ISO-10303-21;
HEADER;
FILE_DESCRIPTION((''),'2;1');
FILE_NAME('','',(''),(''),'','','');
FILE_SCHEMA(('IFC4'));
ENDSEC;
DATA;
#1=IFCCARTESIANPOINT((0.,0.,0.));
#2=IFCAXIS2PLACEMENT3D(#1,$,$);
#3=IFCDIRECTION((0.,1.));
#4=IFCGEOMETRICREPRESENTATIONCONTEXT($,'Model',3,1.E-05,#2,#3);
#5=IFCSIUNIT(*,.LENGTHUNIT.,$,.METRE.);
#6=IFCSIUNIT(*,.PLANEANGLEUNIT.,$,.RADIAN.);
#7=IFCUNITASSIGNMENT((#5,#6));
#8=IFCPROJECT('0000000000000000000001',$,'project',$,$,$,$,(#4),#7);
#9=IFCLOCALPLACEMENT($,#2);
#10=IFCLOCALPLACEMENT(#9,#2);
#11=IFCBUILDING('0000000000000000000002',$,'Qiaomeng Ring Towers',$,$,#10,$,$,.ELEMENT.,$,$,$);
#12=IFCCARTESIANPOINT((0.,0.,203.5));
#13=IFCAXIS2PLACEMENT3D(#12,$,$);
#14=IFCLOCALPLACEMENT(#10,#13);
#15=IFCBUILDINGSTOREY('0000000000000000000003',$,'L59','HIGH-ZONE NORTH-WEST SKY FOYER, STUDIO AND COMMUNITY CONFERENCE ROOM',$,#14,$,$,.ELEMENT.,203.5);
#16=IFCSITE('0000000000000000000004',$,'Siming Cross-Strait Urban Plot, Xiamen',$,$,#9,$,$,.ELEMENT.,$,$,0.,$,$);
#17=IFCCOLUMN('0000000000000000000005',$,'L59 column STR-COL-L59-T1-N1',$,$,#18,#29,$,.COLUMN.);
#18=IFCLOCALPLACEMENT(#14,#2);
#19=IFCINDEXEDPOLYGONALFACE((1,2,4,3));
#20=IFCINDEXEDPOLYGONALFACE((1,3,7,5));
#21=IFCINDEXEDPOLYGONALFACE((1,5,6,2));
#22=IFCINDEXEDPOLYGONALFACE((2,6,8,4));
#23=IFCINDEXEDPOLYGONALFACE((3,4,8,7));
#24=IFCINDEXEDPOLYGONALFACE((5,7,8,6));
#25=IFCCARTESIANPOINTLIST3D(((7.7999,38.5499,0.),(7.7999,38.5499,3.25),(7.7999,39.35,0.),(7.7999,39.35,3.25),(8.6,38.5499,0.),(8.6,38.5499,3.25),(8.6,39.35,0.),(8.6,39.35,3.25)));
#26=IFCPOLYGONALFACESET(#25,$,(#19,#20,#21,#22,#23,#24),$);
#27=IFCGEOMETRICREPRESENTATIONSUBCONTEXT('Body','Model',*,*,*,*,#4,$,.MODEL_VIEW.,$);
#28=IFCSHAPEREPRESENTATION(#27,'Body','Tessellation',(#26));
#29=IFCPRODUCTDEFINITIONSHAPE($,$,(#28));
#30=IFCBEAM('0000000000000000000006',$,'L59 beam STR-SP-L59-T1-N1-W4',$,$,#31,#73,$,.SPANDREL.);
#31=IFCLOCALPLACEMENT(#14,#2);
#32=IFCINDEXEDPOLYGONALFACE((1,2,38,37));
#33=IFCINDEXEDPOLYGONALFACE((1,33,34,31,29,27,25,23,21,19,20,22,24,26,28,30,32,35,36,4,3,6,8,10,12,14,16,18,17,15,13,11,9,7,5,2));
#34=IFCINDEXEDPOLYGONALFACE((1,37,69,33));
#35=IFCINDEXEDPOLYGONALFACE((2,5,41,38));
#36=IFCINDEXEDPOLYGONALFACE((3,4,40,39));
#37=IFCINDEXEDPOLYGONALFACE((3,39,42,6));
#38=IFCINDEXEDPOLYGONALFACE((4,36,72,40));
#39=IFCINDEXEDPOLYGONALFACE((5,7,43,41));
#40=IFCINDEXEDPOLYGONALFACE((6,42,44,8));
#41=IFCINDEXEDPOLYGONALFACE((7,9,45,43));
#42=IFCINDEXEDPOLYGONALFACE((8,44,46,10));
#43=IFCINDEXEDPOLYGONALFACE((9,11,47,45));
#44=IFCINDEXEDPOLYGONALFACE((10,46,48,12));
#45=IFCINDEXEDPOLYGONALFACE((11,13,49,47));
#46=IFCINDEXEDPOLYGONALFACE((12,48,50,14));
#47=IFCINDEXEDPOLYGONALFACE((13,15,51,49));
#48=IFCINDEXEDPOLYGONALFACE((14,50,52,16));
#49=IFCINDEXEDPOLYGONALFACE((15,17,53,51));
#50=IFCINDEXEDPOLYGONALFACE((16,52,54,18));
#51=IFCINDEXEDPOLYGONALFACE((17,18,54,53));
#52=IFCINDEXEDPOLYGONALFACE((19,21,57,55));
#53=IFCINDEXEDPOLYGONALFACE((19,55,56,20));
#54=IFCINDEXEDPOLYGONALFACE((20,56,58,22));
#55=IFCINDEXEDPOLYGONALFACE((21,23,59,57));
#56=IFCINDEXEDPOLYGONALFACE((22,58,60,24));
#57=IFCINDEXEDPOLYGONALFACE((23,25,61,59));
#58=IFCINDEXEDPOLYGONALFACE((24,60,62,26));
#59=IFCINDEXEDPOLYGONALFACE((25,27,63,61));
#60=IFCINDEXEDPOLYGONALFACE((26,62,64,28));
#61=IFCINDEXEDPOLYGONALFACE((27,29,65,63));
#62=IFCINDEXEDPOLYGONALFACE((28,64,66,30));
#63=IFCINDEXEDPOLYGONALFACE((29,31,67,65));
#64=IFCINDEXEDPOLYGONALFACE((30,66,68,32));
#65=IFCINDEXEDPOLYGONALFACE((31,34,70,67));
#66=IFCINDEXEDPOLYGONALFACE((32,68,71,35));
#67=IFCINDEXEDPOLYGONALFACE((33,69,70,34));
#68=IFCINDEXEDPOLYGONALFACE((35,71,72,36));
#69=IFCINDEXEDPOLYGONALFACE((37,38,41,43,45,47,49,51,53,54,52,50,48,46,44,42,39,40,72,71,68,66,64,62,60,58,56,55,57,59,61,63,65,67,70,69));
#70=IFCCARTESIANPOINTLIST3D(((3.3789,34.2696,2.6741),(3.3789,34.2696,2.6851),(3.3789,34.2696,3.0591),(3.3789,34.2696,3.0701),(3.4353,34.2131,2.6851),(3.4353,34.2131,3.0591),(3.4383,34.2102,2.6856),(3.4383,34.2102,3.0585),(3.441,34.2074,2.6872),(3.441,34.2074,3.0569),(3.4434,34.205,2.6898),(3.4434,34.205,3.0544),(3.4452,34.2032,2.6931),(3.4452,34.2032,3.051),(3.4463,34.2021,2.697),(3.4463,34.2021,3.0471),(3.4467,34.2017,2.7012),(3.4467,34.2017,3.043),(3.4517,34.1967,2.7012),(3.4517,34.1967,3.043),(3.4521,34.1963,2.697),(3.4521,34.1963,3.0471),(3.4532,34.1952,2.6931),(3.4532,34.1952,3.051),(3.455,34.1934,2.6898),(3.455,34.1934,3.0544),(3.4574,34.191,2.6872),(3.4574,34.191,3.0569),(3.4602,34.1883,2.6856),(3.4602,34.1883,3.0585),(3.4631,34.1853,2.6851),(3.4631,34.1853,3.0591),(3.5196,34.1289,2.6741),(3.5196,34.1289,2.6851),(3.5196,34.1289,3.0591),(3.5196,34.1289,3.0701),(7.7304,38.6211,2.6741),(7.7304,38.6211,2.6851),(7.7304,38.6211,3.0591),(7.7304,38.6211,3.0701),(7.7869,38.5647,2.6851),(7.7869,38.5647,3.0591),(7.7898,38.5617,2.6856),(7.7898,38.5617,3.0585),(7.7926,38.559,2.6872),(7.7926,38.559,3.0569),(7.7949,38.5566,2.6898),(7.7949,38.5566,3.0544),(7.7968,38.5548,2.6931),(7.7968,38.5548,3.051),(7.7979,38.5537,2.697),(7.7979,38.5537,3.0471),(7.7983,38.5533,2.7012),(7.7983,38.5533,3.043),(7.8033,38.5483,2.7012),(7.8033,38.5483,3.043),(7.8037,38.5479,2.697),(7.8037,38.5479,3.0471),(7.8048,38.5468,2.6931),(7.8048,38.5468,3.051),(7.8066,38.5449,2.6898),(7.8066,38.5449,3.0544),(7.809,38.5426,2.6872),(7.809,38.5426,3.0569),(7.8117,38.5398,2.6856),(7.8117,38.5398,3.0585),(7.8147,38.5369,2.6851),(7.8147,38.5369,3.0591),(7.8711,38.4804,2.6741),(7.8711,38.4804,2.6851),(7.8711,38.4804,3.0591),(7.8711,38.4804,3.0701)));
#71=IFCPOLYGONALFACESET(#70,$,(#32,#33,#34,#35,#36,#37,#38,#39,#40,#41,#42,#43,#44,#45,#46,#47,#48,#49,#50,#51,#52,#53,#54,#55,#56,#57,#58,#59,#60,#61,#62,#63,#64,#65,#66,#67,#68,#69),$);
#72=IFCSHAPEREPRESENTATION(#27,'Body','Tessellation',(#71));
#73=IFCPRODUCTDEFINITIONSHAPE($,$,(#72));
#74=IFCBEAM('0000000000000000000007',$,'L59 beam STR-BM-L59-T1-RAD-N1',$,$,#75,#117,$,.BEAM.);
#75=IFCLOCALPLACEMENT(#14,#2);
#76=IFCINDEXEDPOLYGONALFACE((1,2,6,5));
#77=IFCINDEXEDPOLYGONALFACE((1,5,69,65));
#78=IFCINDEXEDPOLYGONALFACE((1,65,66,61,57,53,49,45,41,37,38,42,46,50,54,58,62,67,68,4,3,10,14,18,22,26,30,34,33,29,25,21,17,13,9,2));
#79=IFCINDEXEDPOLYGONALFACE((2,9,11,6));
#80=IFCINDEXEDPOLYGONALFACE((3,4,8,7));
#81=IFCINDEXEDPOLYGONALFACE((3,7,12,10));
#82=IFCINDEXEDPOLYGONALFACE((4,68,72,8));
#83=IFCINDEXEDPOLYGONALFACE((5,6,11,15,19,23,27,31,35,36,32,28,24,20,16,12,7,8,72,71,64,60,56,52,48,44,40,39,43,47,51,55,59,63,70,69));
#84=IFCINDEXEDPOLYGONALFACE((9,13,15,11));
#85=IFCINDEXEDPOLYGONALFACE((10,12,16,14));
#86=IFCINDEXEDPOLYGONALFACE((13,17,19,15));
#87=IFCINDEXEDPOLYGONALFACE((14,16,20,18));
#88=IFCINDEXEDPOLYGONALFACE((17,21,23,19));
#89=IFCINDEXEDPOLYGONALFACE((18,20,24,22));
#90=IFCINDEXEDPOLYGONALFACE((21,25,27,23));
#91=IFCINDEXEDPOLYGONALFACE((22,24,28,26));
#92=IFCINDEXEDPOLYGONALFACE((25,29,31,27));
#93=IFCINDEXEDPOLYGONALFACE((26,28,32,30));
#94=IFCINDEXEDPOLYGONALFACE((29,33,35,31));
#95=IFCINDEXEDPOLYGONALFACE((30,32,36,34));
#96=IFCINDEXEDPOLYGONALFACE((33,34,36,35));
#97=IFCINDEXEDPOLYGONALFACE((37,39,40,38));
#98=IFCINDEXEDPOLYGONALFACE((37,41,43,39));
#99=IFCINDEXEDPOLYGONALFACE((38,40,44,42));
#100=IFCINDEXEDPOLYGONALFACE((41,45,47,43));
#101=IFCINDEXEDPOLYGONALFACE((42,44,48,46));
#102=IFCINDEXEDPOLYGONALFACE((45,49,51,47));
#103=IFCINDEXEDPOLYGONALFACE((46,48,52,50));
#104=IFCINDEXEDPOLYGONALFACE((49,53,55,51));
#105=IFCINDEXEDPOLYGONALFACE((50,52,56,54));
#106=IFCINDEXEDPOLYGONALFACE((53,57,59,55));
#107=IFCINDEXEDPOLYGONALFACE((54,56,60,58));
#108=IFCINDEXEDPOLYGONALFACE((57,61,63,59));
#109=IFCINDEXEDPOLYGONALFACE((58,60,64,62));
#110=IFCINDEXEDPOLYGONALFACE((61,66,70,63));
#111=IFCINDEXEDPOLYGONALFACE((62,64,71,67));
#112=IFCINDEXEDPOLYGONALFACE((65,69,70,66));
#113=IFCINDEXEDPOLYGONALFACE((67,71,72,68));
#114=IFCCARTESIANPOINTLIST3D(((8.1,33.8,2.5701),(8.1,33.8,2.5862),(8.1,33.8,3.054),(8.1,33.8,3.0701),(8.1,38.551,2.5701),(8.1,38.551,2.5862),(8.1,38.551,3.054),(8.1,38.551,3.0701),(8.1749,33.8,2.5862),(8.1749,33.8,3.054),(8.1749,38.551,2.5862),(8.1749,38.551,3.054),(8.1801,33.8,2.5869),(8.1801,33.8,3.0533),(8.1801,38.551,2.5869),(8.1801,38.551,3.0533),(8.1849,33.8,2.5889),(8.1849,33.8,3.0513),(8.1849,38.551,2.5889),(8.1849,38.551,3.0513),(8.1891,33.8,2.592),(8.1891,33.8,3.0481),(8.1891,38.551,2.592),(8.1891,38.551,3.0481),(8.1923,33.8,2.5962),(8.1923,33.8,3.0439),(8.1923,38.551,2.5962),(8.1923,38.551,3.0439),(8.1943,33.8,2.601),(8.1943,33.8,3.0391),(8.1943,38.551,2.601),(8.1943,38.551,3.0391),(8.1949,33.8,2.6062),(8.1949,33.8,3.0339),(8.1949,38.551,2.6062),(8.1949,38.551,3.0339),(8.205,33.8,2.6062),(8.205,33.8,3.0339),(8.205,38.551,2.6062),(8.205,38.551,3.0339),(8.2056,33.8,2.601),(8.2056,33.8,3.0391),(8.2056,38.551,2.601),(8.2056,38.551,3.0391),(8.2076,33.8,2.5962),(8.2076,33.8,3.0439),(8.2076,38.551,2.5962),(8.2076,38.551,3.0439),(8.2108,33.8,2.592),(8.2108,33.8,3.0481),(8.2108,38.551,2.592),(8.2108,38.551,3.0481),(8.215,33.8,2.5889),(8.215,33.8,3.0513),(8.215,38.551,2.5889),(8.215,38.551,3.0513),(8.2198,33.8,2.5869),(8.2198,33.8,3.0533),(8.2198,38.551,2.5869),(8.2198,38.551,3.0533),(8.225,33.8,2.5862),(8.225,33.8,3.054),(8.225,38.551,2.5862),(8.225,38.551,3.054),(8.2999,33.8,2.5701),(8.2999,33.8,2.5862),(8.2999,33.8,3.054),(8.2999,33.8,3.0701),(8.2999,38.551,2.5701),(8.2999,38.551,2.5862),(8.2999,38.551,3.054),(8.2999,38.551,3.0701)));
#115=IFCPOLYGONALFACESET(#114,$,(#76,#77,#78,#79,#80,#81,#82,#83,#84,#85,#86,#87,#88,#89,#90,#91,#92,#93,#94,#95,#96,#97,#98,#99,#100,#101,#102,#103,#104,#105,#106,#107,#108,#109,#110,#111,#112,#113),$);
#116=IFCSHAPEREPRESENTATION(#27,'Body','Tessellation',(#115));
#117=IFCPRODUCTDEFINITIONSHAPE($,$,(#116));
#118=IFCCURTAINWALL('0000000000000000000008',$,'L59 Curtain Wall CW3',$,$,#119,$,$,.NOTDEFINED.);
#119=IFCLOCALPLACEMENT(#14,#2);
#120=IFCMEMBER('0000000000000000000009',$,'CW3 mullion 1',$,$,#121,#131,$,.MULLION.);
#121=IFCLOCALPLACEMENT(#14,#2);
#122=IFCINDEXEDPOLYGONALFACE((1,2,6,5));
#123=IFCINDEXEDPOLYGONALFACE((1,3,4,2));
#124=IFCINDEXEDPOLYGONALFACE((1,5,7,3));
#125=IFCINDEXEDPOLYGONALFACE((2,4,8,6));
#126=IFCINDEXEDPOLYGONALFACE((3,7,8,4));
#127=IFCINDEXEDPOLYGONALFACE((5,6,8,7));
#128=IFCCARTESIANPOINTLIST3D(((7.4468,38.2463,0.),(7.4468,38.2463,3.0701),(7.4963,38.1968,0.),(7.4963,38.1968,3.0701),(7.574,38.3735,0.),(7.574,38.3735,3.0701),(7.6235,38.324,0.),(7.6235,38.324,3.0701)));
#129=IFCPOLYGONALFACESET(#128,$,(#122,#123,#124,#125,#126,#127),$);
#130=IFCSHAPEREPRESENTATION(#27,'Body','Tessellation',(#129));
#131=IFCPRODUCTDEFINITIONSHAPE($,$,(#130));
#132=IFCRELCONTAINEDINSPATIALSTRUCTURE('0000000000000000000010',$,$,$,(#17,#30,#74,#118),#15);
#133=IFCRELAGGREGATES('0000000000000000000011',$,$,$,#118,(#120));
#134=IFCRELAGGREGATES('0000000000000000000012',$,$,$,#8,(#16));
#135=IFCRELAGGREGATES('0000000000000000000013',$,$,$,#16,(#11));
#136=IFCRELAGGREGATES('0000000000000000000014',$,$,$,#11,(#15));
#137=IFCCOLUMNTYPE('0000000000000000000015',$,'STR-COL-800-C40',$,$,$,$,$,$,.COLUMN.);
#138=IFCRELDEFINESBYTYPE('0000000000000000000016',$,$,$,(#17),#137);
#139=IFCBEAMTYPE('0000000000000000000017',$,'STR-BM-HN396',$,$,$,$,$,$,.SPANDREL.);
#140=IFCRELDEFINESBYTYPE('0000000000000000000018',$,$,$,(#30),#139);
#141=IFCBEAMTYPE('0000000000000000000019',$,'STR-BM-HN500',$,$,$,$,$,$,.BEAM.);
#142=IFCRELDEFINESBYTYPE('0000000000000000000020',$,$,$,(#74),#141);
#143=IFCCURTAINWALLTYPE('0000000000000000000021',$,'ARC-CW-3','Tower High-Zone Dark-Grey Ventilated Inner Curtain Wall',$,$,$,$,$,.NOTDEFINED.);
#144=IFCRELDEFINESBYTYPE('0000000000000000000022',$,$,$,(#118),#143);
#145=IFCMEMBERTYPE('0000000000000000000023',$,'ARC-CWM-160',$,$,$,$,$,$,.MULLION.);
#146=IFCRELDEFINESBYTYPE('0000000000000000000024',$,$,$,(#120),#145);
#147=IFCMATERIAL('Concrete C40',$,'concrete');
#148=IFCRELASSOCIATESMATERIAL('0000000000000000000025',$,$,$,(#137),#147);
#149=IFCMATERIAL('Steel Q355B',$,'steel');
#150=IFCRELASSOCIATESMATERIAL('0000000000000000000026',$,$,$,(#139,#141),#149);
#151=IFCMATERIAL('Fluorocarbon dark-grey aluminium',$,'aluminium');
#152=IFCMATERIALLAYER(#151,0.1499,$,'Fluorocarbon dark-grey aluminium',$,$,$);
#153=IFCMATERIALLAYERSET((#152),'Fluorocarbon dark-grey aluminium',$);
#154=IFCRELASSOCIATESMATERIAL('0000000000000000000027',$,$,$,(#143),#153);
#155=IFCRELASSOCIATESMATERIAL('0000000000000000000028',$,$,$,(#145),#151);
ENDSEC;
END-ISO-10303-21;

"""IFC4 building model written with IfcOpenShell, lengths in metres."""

from ifc_helpers import new_model, si_unit, direction, frame, origin, origin_2d, place, context, subcontext, project, spatial, rectangle, i_section, extrude, source, transform, mapped, material, layer, layer_set, material_profile, profile_set, type_object, element, aggregate, save


model = new_model("IFC4")

# Units and contexts
model_context = context("Model", 3, precision=1e-05, world=origin(), true_north=direction((0.0, 1.0)))
body_context = subcontext(model_context, "Body", "Model", "MODEL_VIEW")
ifc_project = project(units=[si_unit("LENGTHUNIT", "METRE"), si_unit("PLANEANGLEUNIT", "RADIAN")], contexts=[model_context])

# Site, building, storey
site_placement = place(None, origin())
site = spatial("IfcSite", under=ifc_project, at=site_placement, Name="Siming Cross-Strait Urban Plot, Xiamen", CompositionType="ELEMENT", RefElevation=0.0)
building_placement = place(site_placement, origin())
building = spatial("IfcBuilding", under=site, at=building_placement, Name="Qiaomeng Ring Towers", CompositionType="ELEMENT")
storey_placement = place(building_placement, frame((0.0, 0.0, 203.5)))
storey = spatial("IfcBuildingStorey", under=building, at=storey_placement, Name="L59", Description="HIGH-ZONE NORTH-WEST SKY FOYER, STUDIO AND COMMUNITY CONFERENCE ROOM", CompositionType="ELEMENT", Elevation=203.5)

# Column
ifc_material_1 = material(Name="Concrete C40", Category="concrete")
ifc_material_profile_1 = material_profile(ifc_material_1, rectangle(XDim=0.8, YDim=0.8, at=origin_2d()), Name="RC COL 800x800")
ifc_profile_set_1 = profile_set([ifc_material_profile_1], Name="Concrete C40")
column_type = type_object("IfcColumnType", Name="STR-COL-800-C40", PredefinedType="COLUMN", material=ifc_profile_set_1)
shared_shape_1 = source(origin(), body_context, "Body", "SweptSolid", [
    extrude(rectangle(XDim=0.8, YDim=0.8, at=origin_2d()), origin(), (0.0, 0.0, 1.0), 3.25),
])
column_placement = place(storey_placement, frame((8.2, 38.95, 0.0), z_axis=(0.0, 0.0, 1.0), x_axis=(1.0, 0.0, 0.0)))
element("IfcColumn", 1, at=column_placement, inside=storey, type_object=column_type, Name="L59 column STR-COL-L59-T1-N1", PredefinedType="COLUMN", context=body_context, shape_type="MappedRepresentation", body=[
    mapped(shared_shape_1, transform((0.0, 0.0, 0.0), x_axis=(1.0, 0.0, 0.0), y_axis=(0.0, 1.0, 0.0), z_axis=(0.0, 0.0, 1.0), scale=1.0)),
])

# Beams
ifc_material_2 = material(Name="Steel Q355B", Category="steel")
ifc_material_profile_2 = material_profile(ifc_material_2, i_section(OverallWidth=0.199, OverallDepth=0.396, WebThickness=0.0071, FlangeThickness=0.011, FilletRadius=0.0161, at=origin_2d()), Name="HN 396x199x7x11")
ifc_profile_set_2 = profile_set([ifc_material_profile_2], Name="Steel Q355B")
beam_type_1 = type_object("IfcBeamType", Name="STR-BM-HN396", PredefinedType="SPANDREL", material=ifc_profile_set_2)
shared_shape_2 = source(origin(), body_context, "Body", "SweptSolid", [
    extrude(i_section(OverallWidth=0.199, OverallDepth=0.396, WebThickness=0.0071, FlangeThickness=0.011, FilletRadius=0.0161, at=origin_2d()), origin(), (0.0, 0.0, 1.0), 6.1541),
])
beam_1_placement = place(storey_placement, frame((7.8008, 38.5508, 2.8721), z_axis=(-0.707107, -0.707107, 0.0), x_axis=(0.707107, -0.707107, 0.0)))
element("IfcBeam", 2, at=beam_1_placement, inside=storey, type_object=beam_type_1, Name="L59 beam STR-SP-L59-T1-N1-W4", PredefinedType="SPANDREL", context=body_context, shape_type="MappedRepresentation", body=[
    mapped(shared_shape_2, transform((0.0, 0.0, 0.0), x_axis=(1.0, 0.0, 0.0), y_axis=(0.0, 1.0, 0.0), z_axis=(0.0, 0.0, 1.0), scale=1.0)),
])
ifc_material_profile_3 = material_profile(ifc_material_2, i_section(OverallWidth=0.2, OverallDepth=0.5, WebThickness=0.01, FlangeThickness=0.0161, FilletRadius=0.02, at=origin_2d()), Name="HN 500x200x10x16")
ifc_profile_set_3 = profile_set([ifc_material_profile_3], Name="Steel Q355B")
beam_type_2 = type_object("IfcBeamType", Name="STR-BM-HN500", PredefinedType="BEAM", material=ifc_profile_set_3)
shared_shape_3 = source(origin(), body_context, "Body", "SweptSolid", [
    extrude(i_section(OverallWidth=0.2, OverallDepth=0.5, WebThickness=0.01, FlangeThickness=0.0161, FilletRadius=0.02, at=origin_2d()), origin(), (0.0, 0.0, 1.0), 4.751),
])
beam_2_placement = place(storey_placement, frame((8.2, 38.551, 2.8201), z_axis=(0.0, -1.0, 0.0), x_axis=(1.0, 0.0, 0.0)))
element("IfcBeam", 3, at=beam_2_placement, inside=storey, type_object=beam_type_2, Name="L59 beam STR-BM-L59-T1-RAD-N1", PredefinedType="BEAM", context=body_context, shape_type="MappedRepresentation", body=[
    mapped(shared_shape_3, transform((0.0, 0.0, 0.0), x_axis=(1.0, 0.0, 0.0), y_axis=(0.0, 1.0, 0.0), z_axis=(0.0, 0.0, 1.0), scale=1.0)),
])

# Curtain wall, member
ifc_material_3 = material(Name="Fluorocarbon dark-grey aluminium", Category="aluminium")
ifc_layer_1 = layer(ifc_material_3, 0.1499, Name="Fluorocarbon dark-grey aluminium")
ifc_layer_set_1 = layer_set([ifc_layer_1], Name="Fluorocarbon dark-grey aluminium")
curtain_wall_type = type_object("IfcCurtainWallType", Name="ARC-CW-3", Description="Tower High-Zone Dark-Grey Ventilated Inner Curtain Wall", PredefinedType="NOTDEFINED", material=ifc_layer_set_1)
curtain_wall_placement = place(storey_placement, origin())
curtain_wall = element("IfcCurtainWall", 4, at=curtain_wall_placement, inside=storey, type_object=curtain_wall_type, Name="L59 Curtain Wall CW3", PredefinedType="NOTDEFINED")
ifc_material_profile_4 = material_profile(ifc_material_3, rectangle(XDim=0.0701, YDim=0.1799, at=origin_2d()), Name="ALU MULL 70x180")
ifc_profile_set_4 = profile_set([ifc_material_profile_4], Name="Fluorocarbon dark-grey aluminium")
member_type = type_object("IfcMemberType", Name="ARC-CWM-160", PredefinedType="MULLION", material=ifc_profile_set_4)
shared_shape_4 = source(origin(), body_context, "Body", "SweptSolid", [
    extrude(rectangle(XDim=0.0701, YDim=0.1799, at=origin_2d()), origin(), (0.0, 0.0, 1.0), 3.0701),
])
member_placement = place(storey_placement, frame((7.5352, 38.2852, 0.0), z_axis=(0.0, 0.0, 1.0), x_axis=(0.707107, -0.707107, 0.0)))
member = element("IfcMember", 5, at=member_placement, type_object=member_type, Name="CW3 mullion 1", PredefinedType="MULLION", context=body_context, shape_type="MappedRepresentation", body=[
    mapped(shared_shape_4, transform((0.0, 0.0, 0.0), x_axis=(1.0, 0.0, 0.0), y_axis=(0.0, 1.0, 0.0), z_axis=(0.0, 0.0, 1.0), scale=1.0)),
])
aggregate(curtain_wall, [member])

save(model, "model.ifc")
